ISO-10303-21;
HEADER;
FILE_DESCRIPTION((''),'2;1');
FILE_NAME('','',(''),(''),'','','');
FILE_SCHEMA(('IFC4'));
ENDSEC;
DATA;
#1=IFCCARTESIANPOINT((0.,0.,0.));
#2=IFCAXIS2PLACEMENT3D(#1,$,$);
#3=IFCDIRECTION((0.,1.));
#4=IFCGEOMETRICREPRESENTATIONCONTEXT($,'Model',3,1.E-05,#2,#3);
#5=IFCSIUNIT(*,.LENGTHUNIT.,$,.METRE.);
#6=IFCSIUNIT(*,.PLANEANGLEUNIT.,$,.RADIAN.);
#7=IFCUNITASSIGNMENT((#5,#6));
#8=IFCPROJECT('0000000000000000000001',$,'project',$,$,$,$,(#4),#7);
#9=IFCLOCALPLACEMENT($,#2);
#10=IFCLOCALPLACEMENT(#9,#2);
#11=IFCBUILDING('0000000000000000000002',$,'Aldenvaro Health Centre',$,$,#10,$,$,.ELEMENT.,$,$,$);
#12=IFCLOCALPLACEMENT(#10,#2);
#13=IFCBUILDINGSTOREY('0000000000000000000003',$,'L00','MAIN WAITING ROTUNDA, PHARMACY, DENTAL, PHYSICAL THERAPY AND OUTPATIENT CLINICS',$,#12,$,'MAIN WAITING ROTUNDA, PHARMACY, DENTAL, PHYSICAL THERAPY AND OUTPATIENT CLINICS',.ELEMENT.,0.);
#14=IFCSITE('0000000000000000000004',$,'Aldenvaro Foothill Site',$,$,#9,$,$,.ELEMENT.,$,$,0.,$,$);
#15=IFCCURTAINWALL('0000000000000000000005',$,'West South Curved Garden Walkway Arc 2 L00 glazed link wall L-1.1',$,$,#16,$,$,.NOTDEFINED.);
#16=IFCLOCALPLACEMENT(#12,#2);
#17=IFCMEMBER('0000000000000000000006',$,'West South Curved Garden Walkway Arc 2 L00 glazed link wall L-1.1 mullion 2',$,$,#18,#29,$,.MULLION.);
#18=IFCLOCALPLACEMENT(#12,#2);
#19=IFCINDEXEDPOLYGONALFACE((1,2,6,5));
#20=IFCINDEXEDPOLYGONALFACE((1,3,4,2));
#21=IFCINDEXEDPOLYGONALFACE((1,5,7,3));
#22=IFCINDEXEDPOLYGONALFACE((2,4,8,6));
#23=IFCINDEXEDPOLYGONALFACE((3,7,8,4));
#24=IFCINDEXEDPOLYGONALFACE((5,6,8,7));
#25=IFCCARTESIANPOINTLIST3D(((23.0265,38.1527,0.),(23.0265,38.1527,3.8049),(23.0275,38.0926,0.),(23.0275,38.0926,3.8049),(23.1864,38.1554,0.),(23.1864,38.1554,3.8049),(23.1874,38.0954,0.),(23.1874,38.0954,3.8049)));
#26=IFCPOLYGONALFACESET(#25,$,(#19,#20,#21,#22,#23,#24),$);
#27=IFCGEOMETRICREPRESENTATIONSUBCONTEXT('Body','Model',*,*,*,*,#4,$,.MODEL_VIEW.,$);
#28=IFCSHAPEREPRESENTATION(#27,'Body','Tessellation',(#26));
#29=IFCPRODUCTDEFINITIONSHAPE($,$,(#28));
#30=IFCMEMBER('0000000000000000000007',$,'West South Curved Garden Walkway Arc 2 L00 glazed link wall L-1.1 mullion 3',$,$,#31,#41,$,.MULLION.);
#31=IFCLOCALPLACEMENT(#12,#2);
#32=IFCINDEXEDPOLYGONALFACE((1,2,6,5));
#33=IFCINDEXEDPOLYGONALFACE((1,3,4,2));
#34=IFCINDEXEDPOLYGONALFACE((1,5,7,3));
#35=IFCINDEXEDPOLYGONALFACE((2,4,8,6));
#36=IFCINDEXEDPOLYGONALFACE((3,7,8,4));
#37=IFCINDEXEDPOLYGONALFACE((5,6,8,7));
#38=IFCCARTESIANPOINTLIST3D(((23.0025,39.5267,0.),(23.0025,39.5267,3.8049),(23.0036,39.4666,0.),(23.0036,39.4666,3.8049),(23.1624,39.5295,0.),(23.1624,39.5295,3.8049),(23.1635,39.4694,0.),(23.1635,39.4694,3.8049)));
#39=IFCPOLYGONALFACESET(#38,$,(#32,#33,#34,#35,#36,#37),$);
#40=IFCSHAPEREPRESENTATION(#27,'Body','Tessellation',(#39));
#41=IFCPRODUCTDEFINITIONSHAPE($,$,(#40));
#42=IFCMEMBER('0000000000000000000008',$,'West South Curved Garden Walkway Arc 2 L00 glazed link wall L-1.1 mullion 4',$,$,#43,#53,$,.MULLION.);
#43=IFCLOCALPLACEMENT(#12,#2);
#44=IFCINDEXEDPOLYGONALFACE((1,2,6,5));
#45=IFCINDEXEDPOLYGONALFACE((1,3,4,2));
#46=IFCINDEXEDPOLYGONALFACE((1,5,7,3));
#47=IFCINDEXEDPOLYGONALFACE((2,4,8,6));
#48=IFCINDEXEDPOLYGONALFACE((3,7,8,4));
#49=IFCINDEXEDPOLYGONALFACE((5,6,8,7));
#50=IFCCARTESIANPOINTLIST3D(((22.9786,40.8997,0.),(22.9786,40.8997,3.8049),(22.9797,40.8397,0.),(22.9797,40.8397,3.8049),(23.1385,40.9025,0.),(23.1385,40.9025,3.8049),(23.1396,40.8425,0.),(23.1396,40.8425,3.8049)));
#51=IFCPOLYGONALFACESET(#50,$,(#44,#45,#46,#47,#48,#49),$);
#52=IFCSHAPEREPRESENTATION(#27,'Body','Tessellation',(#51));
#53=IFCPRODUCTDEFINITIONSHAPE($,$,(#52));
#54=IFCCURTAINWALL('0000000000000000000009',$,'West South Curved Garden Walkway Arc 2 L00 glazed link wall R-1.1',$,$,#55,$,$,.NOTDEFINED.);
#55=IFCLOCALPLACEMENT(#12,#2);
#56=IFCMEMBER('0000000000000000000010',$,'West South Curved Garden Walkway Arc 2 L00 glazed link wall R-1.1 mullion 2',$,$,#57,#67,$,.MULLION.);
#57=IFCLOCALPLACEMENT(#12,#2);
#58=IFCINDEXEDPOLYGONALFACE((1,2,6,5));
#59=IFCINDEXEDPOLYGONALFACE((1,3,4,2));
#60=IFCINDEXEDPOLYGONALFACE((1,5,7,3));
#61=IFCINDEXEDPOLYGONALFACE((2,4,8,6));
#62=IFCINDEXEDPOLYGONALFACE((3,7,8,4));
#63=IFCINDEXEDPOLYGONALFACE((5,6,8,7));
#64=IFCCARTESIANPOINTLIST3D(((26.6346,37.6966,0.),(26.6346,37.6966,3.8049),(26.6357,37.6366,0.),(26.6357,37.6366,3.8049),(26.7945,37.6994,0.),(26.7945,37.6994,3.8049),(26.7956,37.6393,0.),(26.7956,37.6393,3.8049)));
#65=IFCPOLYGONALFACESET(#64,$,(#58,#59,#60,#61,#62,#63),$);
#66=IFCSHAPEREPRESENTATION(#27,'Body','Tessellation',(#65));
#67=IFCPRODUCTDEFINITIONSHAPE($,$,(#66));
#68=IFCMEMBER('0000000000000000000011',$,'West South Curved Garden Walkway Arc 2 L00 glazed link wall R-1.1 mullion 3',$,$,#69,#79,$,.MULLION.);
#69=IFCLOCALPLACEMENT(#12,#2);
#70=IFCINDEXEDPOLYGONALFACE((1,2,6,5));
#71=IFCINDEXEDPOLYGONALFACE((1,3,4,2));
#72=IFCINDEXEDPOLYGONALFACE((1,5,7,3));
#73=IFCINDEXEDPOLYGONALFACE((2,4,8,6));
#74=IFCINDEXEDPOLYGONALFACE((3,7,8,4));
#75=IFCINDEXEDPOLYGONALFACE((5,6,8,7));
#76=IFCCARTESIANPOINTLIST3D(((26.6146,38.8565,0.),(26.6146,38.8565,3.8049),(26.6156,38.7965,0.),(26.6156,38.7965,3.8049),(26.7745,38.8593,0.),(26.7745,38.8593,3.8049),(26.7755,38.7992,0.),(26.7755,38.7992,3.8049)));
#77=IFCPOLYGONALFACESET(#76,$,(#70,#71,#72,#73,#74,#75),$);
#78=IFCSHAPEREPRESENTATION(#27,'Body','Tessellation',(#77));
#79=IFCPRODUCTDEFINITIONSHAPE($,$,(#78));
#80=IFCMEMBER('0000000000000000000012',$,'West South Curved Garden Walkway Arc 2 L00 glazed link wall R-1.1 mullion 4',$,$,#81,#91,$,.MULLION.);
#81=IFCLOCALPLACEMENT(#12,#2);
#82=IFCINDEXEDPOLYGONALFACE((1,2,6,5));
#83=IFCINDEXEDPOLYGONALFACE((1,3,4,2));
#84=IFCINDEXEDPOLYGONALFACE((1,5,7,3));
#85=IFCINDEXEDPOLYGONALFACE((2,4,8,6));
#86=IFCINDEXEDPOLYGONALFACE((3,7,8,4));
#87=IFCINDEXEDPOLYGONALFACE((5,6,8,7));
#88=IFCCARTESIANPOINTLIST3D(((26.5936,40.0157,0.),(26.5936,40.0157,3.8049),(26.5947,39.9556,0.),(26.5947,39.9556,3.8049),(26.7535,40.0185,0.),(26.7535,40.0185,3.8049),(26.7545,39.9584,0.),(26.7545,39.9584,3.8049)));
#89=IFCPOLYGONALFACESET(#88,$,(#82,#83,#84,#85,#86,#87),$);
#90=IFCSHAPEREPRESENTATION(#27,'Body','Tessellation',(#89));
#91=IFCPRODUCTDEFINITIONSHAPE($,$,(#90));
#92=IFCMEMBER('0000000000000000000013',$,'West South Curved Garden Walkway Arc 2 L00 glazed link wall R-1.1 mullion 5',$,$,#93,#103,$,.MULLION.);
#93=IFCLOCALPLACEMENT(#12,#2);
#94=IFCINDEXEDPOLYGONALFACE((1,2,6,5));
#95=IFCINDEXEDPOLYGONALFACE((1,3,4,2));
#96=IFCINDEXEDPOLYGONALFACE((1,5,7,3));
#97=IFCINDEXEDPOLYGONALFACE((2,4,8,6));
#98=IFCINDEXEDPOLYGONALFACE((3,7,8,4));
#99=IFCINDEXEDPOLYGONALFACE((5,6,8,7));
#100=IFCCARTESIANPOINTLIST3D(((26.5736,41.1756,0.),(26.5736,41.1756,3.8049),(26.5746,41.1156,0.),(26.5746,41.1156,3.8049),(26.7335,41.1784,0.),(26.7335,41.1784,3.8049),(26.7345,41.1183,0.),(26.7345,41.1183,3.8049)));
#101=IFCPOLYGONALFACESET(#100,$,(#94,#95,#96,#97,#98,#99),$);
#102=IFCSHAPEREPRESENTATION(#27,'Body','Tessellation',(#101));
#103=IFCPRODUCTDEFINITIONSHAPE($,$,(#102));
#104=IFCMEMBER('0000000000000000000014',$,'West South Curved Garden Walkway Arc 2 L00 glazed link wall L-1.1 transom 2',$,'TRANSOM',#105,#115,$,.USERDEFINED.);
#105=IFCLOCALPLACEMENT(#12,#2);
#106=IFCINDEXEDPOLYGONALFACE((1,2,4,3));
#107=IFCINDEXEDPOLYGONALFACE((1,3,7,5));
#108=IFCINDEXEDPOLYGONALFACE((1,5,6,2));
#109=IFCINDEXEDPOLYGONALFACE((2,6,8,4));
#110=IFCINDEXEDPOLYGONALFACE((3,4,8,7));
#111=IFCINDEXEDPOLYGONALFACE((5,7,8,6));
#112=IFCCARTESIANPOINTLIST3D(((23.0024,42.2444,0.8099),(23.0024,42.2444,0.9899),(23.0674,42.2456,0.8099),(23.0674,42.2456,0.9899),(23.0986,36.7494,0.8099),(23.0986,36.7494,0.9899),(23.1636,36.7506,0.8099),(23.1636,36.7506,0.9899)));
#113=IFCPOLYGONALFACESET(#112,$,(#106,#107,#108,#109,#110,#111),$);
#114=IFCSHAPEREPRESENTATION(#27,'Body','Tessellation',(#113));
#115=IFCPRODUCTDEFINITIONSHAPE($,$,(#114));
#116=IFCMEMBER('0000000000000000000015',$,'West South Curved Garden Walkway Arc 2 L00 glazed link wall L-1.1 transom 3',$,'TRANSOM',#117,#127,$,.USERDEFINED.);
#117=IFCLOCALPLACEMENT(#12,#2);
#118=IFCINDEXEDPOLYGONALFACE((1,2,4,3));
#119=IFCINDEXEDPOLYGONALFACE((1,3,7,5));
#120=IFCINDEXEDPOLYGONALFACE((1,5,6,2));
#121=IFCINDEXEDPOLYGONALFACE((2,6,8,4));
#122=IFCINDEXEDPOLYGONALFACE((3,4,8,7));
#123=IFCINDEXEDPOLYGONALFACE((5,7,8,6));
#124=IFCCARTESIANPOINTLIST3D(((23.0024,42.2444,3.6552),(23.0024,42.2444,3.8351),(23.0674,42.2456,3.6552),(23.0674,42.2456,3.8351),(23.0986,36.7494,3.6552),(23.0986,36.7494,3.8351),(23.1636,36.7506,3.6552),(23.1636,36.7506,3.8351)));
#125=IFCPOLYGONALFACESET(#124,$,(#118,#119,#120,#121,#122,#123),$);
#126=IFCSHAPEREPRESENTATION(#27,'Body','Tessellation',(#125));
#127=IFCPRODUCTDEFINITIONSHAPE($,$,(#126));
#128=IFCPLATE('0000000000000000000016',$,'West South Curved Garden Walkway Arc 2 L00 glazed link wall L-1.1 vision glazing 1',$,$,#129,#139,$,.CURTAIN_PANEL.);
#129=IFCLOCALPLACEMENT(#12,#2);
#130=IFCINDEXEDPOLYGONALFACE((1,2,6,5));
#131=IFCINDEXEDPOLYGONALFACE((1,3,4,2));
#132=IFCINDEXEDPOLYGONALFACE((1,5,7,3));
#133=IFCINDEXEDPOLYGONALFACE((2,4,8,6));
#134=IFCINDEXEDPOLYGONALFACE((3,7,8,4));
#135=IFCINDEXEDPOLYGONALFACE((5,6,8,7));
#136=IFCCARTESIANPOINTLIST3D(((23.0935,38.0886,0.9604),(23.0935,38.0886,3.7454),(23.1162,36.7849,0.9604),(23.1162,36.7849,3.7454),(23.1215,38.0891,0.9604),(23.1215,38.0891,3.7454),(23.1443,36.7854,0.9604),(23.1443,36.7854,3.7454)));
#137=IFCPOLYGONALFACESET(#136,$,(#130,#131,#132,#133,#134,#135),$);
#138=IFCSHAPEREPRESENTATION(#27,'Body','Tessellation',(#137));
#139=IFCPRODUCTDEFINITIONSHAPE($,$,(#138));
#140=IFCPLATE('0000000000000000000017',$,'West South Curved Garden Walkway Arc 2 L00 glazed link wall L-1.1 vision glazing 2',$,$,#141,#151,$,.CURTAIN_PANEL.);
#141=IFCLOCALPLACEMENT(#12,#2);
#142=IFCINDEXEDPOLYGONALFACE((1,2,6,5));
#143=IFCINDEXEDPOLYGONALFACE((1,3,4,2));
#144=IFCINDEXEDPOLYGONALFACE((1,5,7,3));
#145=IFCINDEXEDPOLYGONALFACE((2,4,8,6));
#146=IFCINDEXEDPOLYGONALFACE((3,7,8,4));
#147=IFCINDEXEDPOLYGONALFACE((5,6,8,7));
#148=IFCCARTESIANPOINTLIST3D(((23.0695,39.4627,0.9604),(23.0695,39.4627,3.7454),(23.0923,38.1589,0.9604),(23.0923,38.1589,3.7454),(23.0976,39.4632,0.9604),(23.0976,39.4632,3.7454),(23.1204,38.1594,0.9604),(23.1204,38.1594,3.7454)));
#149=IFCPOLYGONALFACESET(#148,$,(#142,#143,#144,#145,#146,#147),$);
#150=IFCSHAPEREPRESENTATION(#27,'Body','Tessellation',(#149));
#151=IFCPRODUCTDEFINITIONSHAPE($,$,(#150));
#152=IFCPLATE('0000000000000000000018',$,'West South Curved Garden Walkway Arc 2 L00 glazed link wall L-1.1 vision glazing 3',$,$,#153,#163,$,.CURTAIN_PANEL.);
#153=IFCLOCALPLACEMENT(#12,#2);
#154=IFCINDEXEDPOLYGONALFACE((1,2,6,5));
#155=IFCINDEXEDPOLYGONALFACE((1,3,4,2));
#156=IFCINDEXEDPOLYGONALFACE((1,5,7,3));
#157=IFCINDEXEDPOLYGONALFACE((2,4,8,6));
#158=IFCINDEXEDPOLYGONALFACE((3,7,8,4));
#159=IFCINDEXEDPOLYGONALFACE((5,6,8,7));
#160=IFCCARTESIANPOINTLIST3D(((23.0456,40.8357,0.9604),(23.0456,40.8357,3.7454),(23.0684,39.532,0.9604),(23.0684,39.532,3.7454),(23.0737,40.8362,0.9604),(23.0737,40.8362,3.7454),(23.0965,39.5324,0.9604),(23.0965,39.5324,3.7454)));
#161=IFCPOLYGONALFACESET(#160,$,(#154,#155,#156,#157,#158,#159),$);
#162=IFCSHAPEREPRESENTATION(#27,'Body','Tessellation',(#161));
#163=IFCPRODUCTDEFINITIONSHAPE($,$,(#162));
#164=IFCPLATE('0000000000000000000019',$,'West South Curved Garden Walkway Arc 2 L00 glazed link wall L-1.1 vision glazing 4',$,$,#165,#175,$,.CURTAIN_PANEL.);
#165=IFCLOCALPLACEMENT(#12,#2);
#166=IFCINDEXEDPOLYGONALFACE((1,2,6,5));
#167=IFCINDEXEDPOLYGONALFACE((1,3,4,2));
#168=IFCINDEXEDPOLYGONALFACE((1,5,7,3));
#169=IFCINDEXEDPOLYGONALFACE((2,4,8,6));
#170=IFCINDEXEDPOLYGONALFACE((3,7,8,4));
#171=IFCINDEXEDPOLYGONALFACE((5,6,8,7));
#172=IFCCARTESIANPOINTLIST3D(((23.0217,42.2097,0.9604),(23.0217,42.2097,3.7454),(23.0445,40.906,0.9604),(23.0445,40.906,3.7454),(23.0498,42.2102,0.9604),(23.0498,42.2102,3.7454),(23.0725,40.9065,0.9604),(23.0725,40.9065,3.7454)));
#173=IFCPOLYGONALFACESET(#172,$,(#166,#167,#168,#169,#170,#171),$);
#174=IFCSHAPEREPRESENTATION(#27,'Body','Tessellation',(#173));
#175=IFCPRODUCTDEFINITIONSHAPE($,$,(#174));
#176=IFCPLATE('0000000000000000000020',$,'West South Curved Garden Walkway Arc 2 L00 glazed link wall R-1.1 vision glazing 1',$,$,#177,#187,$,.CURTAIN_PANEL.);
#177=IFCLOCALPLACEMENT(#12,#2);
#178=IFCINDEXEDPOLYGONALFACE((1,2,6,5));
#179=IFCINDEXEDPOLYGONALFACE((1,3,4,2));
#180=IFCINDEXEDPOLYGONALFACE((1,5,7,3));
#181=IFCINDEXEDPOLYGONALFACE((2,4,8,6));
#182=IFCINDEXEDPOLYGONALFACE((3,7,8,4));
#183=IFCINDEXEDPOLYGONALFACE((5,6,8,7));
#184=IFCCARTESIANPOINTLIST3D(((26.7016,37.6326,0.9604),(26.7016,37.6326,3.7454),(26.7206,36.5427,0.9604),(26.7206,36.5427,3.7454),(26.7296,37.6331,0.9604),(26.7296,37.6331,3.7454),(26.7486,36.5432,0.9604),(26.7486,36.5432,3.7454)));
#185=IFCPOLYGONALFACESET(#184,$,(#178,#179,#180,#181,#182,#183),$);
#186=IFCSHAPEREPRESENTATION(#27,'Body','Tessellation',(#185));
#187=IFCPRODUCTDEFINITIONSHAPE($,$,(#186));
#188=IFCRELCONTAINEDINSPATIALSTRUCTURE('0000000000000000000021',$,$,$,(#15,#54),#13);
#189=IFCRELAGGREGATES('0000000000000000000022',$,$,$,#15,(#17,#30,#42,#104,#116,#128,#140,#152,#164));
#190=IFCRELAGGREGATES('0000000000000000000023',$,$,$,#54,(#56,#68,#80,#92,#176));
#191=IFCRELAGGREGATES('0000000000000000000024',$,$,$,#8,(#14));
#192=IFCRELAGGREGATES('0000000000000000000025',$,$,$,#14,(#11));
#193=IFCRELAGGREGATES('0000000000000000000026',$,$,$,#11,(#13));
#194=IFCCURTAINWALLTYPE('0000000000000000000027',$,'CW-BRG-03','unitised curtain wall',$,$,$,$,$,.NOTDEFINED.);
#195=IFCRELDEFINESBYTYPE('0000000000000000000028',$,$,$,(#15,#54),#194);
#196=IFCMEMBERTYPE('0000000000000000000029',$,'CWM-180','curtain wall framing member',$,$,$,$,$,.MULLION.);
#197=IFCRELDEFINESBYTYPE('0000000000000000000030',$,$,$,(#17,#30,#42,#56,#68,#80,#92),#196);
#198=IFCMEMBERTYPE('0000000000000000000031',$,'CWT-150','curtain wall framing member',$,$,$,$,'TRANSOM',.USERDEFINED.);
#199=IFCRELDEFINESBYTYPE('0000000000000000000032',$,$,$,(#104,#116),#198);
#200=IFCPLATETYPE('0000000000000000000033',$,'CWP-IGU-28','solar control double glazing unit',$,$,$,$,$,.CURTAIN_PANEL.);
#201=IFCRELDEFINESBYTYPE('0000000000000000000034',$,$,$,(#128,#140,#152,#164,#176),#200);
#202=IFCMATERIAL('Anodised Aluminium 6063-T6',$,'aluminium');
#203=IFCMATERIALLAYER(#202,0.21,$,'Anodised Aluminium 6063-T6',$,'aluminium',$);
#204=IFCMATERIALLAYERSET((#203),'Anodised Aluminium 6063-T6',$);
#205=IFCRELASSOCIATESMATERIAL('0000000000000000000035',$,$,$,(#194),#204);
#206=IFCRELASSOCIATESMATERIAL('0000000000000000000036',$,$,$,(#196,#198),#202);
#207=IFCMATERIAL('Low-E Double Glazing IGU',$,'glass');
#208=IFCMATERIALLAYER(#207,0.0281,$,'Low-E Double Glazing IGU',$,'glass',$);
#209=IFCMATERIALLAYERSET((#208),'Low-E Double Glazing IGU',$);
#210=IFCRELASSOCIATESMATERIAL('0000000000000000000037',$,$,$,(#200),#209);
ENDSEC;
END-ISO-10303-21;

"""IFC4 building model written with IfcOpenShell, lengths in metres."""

from ifc_helpers import new_model, si_unit, direction, frame, origin, origin_2d, place, context, subcontext, project, spatial, rectangle, extrude, material, layer, layer_set, material_profile, profile_set, type_object, element, aggregate, save


model = new_model("IFC4")

# Units and contexts
model_context = context("Model", 3, precision=1e-05, world=origin(), true_north=direction((0.0, 1.0)))
body_context = subcontext(model_context, "Body", "Model", "MODEL_VIEW")
ifc_project = project(units=[si_unit("LENGTHUNIT", "METRE"), si_unit("PLANEANGLEUNIT", "RADIAN")], contexts=[model_context])

# Site, building, storey
site_placement = place(None, origin())
site = spatial("IfcSite", under=ifc_project, at=site_placement, Name="Aldenvaro Foothill Site", CompositionType="ELEMENT", RefElevation=0.0)
building_placement = place(site_placement, origin())
building = spatial("IfcBuilding", under=site, at=building_placement, Name="Aldenvaro Health Centre", CompositionType="ELEMENT")
storey_placement = place(building_placement, origin())
storey = spatial("IfcBuildingStorey", under=building, at=storey_placement, Name="L00", Description="MAIN WAITING ROTUNDA, PHARMACY, DENTAL, PHYSICAL THERAPY AND OUTPATIENT CLINICS", LongName="MAIN WAITING ROTUNDA, PHARMACY, DENTAL, PHYSICAL THERAPY AND OUTPATIENT CLINICS", CompositionType="ELEMENT", Elevation=0.0)

# Curtain walls, members
ifc_material_1 = material(Name="Anodised Aluminium 6063-T6", Category="aluminium")
ifc_layer_1 = layer(ifc_material_1, 0.21, Name="Anodised Aluminium 6063-T6", Category="aluminium")
ifc_layer_set_1 = layer_set([ifc_layer_1], Name="Anodised Aluminium 6063-T6")
curtain_wall_type = type_object("IfcCurtainWallType", Name="CW-BRG-03", Description="unitised curtain wall", PredefinedType="NOTDEFINED", material=ifc_layer_set_1)
curtain_wall_1_placement = place(storey_placement, origin())
curtain_wall_1 = element("IfcCurtainWall", 1, at=curtain_wall_1_placement, inside=storey, type_object=curtain_wall_type, Name="West South Curved Garden Walkway Arc 2 L00 glazed link wall L-1.1", PredefinedType="NOTDEFINED")
ifc_material_profile_1 = material_profile(ifc_material_1, rectangle(XDim=0.0601, YDim=0.1599, at=origin_2d()), Name="ALU 60x160", Category="aluminium")
ifc_profile_set_1 = profile_set([ifc_material_profile_1], Name="Anodised Aluminium 6063-T6")
member_type_1 = type_object("IfcMemberType", Name="CWM-180", Description="curtain wall framing member", PredefinedType="MULLION", material=ifc_profile_set_1)
member_1_placement = place(storey_placement, frame((23.1069, 38.124, 0.0), z_axis=(0.0, 0.0, 1.0), x_axis=(-0.017468, 0.999847, 0.0)))
member_1 = element("IfcMember", 2, at=member_1_placement, type_object=member_type_1, Name="West South Curved Garden Walkway Arc 2 L00 glazed link wall L-1.1 mullion 2", PredefinedType="MULLION", context=body_context, shape_type="SweptSolid", body=[
    extrude(rectangle(XDim=0.0601, YDim=0.1599, at=origin_2d()), origin(), (0.0, 0.0, 1.0), 3.8049),
])
member_2_placement = place(storey_placement, frame((23.083, 39.498, 0.0), z_axis=(0.0, 0.0, 1.0), x_axis=(-0.017468, 0.999847, 0.0)))
member_2 = element("IfcMember", 3, at=member_2_placement, type_object=member_type_1, Name="West South Curved Garden Walkway Arc 2 L00 glazed link wall L-1.1 mullion 3", PredefinedType="MULLION", context=body_context, shape_type="SweptSolid", body=[
    extrude(rectangle(XDim=0.0601, YDim=0.1599, at=origin_2d()), origin(), (0.0, 0.0, 1.0), 3.8049),
])
member_3_placement = place(storey_placement, frame((23.0591, 40.8711, 0.0), z_axis=(0.0, 0.0, 1.0), x_axis=(-0.017468, 0.999847, 0.0)))
member_3 = element("IfcMember", 4, at=member_3_placement, type_object=member_type_1, Name="West South Curved Garden Walkway Arc 2 L00 glazed link wall L-1.1 mullion 4", PredefinedType="MULLION", context=body_context, shape_type="SweptSolid", body=[
    extrude(rectangle(XDim=0.0601, YDim=0.1599, at=origin_2d()), origin(), (0.0, 0.0, 1.0), 3.8049),
])
curtain_wall_2_placement = place(storey_placement, origin())
curtain_wall_2 = element("IfcCurtainWall", 5, at=curtain_wall_2_placement, inside=storey, type_object=curtain_wall_type, Name="West South Curved Garden Walkway Arc 2 L00 glazed link wall R-1.1", PredefinedType="NOTDEFINED")
member_4_placement = place(storey_placement, frame((26.7151, 37.668, 0.0), z_axis=(0.0, 0.0, 1.0), x_axis=(-0.017414, 0.999848, 0.0)))
member_4 = element("IfcMember", 6, at=member_4_placement, type_object=member_type_1, Name="West South Curved Garden Walkway Arc 2 L00 glazed link wall R-1.1 mullion 2", PredefinedType="MULLION", context=body_context, shape_type="SweptSolid", body=[
    extrude(rectangle(XDim=0.0601, YDim=0.1599, at=origin_2d()), origin(), (0.0, 0.0, 1.0), 3.8049),
])
member_5_placement = place(storey_placement, frame((26.6951, 38.8279, 0.0), z_axis=(0.0, 0.0, 1.0), x_axis=(-0.017414, 0.999848, 0.0)))
member_5 = element("IfcMember", 7, at=member_5_placement, type_object=member_type_1, Name="West South Curved Garden Walkway Arc 2 L00 glazed link wall R-1.1 mullion 3", PredefinedType="MULLION", context=body_context, shape_type="SweptSolid", body=[
    extrude(rectangle(XDim=0.0601, YDim=0.1599, at=origin_2d()), origin(), (0.0, 0.0, 1.0), 3.8049),
])
member_6_placement = place(storey_placement, frame((26.6741, 39.9871, 0.0), z_axis=(0.0, 0.0, 1.0), x_axis=(-0.017414, 0.999848, 0.0)))
member_6 = element("IfcMember", 8, at=member_6_placement, type_object=member_type_1, Name="West South Curved Garden Walkway Arc 2 L00 glazed link wall R-1.1 mullion 4", PredefinedType="MULLION", context=body_context, shape_type="SweptSolid", body=[
    extrude(rectangle(XDim=0.0601, YDim=0.1599, at=origin_2d()), origin(), (0.0, 0.0, 1.0), 3.8049),
])
member_7_placement = place(storey_placement, frame((26.6541, 41.147, 0.0), z_axis=(0.0, 0.0, 1.0), x_axis=(-0.017414, 0.999848, 0.0)))
member_7 = element("IfcMember", 9, at=member_7_placement, type_object=member_type_1, Name="West South Curved Garden Walkway Arc 2 L00 glazed link wall R-1.1 mullion 5", PredefinedType="MULLION", context=body_context, shape_type="SweptSolid", body=[
    extrude(rectangle(XDim=0.0601, YDim=0.1599, at=origin_2d()), origin(), (0.0, 0.0, 1.0), 3.8049),
])

# Members
ifc_material_profile_2 = material_profile(ifc_material_1, rectangle(XDim=0.0649, YDim=0.1799, at=origin_2d()), Name="ALU 65x180", Category="aluminium")
ifc_profile_set_2 = profile_set([ifc_material_profile_2], Name="Anodised Aluminium 6063-T6")
member_type_2 = type_object("IfcMemberType", Name="CWT-150", Description="curtain wall framing member", ElementType="TRANSOM", PredefinedType="USERDEFINED", material=ifc_profile_set_2)
member_8_placement = place(storey_placement, frame((23.1311, 36.75, 0.8999), z_axis=(-0.017502, 0.999847, 0.0), x_axis=(-0.999847, -0.017502, 0.0)))
member_8 = element("IfcMember", 10, at=member_8_placement, type_object=member_type_2, Name="West South Curved Garden Walkway Arc 2 L00 glazed link wall L-1.1 transom 2", ObjectType="TRANSOM", PredefinedType="USERDEFINED", context=body_context, shape_type="SweptSolid", body=[
    extrude(rectangle(XDim=0.0649, YDim=0.1799, at=origin_2d()), origin(), (0.0, 0.0, 1.0), 5.4958),
])
member_9_placement = place(storey_placement, frame((23.1311, 36.75, 3.7451), z_axis=(-0.017502, 0.999847, 0.0), x_axis=(-0.999847, -0.017502, 0.0)))
member_9 = element("IfcMember", 11, at=member_9_placement, type_object=member_type_2, Name="West South Curved Garden Walkway Arc 2 L00 glazed link wall L-1.1 transom 3", ObjectType="TRANSOM", PredefinedType="USERDEFINED", context=body_context, shape_type="SweptSolid", body=[
    extrude(rectangle(XDim=0.0649, YDim=0.1799, at=origin_2d()), origin(), (0.0, 0.0, 1.0), 5.4958),
])

# Plates
ifc_material_2 = material(Name="Low-E Double Glazing IGU", Category="glass")
ifc_layer_2 = layer(ifc_material_2, 0.0281, Name="Low-E Double Glazing IGU", Category="glass")
ifc_layer_set_2 = layer_set([ifc_layer_2], Name="Low-E Double Glazing IGU")
plate_type_1 = type_object("IfcPlateType", Name="CWP-IGU-28", Description="solar control double glazing unit", PredefinedType="CURTAIN_PANEL", material=ifc_layer_set_2)
plate_1_placement = place(storey_placement, frame((23.1189, 37.437, 0.9604), z_axis=(0.0, 0.0, 1.0), x_axis=(-0.017468, 0.999847, 0.0)))
plate_1 = element("IfcPlate", 12, at=plate_1_placement, type_object=plate_type_1, Name="West South Curved Garden Walkway Arc 2 L00 glazed link wall L-1.1 vision glazing 1", PredefinedType="CURTAIN_PANEL", context=body_context, shape_type="SweptSolid", body=[
    extrude(rectangle(XDim=1.304, YDim=0.0281, at=origin_2d()), origin(), (0.0, 0.0, 1.0), 2.7849),
])
plate_2_placement = place(storey_placement, frame((23.095, 38.811, 0.9604), z_axis=(0.0, 0.0, 1.0), x_axis=(-0.017468, 0.999847, 0.0)))
plate_2 = element("IfcPlate", 13, at=plate_2_placement, type_object=plate_type_1, Name="West South Curved Garden Walkway Arc 2 L00 glazed link wall L-1.1 vision glazing 2", PredefinedType="CURTAIN_PANEL", context=body_context, shape_type="SweptSolid", body=[
    extrude(rectangle(XDim=1.304, YDim=0.0281, at=origin_2d()), origin(), (0.0, 0.0, 1.0), 2.7849),
])
plate_3_placement = place(storey_placement, frame((23.071, 40.1841, 0.9604), z_axis=(0.0, 0.0, 1.0), x_axis=(-0.017468, 0.999847, 0.0)))
plate_3 = element("IfcPlate", 14, at=plate_3_placement, type_object=plate_type_1, Name="West South Curved Garden Walkway Arc 2 L00 glazed link wall L-1.1 vision glazing 3", PredefinedType="CURTAIN_PANEL", context=body_context, shape_type="SweptSolid", body=[
    extrude(rectangle(XDim=1.304, YDim=0.0281, at=origin_2d()), origin(), (0.0, 0.0, 1.0), 2.7849),
])
plate_4_placement = place(storey_placement, frame((23.0471, 41.5581, 0.9604), z_axis=(0.0, 0.0, 1.0), x_axis=(-0.017468, 0.999847, 0.0)))
plate_4 = element("IfcPlate", 15, at=plate_4_placement, type_object=plate_type_1, Name="West South Curved Garden Walkway Arc 2 L00 glazed link wall L-1.1 vision glazing 4", PredefinedType="CURTAIN_PANEL", context=body_context, shape_type="SweptSolid", body=[
    extrude(rectangle(XDim=1.304, YDim=0.0281, at=origin_2d()), origin(), (0.0, 0.0, 1.0), 2.7849),
])
plate_5_placement = place(storey_placement, frame((26.7251, 37.0879, 0.9604), z_axis=(0.0, 0.0, 1.0), x_axis=(-0.017414, 0.999848, 0.0)))
plate_5 = element("IfcPlate", 16, at=plate_5_placement, type_object=plate_type_1, Name="West South Curved Garden Walkway Arc 2 L00 glazed link wall R-1.1 vision glazing 1", PredefinedType="CURTAIN_PANEL", context=body_context, shape_type="SweptSolid", body=[
    extrude(rectangle(XDim=1.0901, YDim=0.0281, at=origin_2d()), origin(), (0.0, 0.0, 1.0), 2.7849),
])
aggregate(curtain_wall_1, [member_1, member_2, member_3, member_8, member_9, plate_1, plate_2, plate_3, plate_4])
aggregate(curtain_wall_2, [member_4, member_5, member_6, member_7, plate_5])

save(model, "model.ifc")
